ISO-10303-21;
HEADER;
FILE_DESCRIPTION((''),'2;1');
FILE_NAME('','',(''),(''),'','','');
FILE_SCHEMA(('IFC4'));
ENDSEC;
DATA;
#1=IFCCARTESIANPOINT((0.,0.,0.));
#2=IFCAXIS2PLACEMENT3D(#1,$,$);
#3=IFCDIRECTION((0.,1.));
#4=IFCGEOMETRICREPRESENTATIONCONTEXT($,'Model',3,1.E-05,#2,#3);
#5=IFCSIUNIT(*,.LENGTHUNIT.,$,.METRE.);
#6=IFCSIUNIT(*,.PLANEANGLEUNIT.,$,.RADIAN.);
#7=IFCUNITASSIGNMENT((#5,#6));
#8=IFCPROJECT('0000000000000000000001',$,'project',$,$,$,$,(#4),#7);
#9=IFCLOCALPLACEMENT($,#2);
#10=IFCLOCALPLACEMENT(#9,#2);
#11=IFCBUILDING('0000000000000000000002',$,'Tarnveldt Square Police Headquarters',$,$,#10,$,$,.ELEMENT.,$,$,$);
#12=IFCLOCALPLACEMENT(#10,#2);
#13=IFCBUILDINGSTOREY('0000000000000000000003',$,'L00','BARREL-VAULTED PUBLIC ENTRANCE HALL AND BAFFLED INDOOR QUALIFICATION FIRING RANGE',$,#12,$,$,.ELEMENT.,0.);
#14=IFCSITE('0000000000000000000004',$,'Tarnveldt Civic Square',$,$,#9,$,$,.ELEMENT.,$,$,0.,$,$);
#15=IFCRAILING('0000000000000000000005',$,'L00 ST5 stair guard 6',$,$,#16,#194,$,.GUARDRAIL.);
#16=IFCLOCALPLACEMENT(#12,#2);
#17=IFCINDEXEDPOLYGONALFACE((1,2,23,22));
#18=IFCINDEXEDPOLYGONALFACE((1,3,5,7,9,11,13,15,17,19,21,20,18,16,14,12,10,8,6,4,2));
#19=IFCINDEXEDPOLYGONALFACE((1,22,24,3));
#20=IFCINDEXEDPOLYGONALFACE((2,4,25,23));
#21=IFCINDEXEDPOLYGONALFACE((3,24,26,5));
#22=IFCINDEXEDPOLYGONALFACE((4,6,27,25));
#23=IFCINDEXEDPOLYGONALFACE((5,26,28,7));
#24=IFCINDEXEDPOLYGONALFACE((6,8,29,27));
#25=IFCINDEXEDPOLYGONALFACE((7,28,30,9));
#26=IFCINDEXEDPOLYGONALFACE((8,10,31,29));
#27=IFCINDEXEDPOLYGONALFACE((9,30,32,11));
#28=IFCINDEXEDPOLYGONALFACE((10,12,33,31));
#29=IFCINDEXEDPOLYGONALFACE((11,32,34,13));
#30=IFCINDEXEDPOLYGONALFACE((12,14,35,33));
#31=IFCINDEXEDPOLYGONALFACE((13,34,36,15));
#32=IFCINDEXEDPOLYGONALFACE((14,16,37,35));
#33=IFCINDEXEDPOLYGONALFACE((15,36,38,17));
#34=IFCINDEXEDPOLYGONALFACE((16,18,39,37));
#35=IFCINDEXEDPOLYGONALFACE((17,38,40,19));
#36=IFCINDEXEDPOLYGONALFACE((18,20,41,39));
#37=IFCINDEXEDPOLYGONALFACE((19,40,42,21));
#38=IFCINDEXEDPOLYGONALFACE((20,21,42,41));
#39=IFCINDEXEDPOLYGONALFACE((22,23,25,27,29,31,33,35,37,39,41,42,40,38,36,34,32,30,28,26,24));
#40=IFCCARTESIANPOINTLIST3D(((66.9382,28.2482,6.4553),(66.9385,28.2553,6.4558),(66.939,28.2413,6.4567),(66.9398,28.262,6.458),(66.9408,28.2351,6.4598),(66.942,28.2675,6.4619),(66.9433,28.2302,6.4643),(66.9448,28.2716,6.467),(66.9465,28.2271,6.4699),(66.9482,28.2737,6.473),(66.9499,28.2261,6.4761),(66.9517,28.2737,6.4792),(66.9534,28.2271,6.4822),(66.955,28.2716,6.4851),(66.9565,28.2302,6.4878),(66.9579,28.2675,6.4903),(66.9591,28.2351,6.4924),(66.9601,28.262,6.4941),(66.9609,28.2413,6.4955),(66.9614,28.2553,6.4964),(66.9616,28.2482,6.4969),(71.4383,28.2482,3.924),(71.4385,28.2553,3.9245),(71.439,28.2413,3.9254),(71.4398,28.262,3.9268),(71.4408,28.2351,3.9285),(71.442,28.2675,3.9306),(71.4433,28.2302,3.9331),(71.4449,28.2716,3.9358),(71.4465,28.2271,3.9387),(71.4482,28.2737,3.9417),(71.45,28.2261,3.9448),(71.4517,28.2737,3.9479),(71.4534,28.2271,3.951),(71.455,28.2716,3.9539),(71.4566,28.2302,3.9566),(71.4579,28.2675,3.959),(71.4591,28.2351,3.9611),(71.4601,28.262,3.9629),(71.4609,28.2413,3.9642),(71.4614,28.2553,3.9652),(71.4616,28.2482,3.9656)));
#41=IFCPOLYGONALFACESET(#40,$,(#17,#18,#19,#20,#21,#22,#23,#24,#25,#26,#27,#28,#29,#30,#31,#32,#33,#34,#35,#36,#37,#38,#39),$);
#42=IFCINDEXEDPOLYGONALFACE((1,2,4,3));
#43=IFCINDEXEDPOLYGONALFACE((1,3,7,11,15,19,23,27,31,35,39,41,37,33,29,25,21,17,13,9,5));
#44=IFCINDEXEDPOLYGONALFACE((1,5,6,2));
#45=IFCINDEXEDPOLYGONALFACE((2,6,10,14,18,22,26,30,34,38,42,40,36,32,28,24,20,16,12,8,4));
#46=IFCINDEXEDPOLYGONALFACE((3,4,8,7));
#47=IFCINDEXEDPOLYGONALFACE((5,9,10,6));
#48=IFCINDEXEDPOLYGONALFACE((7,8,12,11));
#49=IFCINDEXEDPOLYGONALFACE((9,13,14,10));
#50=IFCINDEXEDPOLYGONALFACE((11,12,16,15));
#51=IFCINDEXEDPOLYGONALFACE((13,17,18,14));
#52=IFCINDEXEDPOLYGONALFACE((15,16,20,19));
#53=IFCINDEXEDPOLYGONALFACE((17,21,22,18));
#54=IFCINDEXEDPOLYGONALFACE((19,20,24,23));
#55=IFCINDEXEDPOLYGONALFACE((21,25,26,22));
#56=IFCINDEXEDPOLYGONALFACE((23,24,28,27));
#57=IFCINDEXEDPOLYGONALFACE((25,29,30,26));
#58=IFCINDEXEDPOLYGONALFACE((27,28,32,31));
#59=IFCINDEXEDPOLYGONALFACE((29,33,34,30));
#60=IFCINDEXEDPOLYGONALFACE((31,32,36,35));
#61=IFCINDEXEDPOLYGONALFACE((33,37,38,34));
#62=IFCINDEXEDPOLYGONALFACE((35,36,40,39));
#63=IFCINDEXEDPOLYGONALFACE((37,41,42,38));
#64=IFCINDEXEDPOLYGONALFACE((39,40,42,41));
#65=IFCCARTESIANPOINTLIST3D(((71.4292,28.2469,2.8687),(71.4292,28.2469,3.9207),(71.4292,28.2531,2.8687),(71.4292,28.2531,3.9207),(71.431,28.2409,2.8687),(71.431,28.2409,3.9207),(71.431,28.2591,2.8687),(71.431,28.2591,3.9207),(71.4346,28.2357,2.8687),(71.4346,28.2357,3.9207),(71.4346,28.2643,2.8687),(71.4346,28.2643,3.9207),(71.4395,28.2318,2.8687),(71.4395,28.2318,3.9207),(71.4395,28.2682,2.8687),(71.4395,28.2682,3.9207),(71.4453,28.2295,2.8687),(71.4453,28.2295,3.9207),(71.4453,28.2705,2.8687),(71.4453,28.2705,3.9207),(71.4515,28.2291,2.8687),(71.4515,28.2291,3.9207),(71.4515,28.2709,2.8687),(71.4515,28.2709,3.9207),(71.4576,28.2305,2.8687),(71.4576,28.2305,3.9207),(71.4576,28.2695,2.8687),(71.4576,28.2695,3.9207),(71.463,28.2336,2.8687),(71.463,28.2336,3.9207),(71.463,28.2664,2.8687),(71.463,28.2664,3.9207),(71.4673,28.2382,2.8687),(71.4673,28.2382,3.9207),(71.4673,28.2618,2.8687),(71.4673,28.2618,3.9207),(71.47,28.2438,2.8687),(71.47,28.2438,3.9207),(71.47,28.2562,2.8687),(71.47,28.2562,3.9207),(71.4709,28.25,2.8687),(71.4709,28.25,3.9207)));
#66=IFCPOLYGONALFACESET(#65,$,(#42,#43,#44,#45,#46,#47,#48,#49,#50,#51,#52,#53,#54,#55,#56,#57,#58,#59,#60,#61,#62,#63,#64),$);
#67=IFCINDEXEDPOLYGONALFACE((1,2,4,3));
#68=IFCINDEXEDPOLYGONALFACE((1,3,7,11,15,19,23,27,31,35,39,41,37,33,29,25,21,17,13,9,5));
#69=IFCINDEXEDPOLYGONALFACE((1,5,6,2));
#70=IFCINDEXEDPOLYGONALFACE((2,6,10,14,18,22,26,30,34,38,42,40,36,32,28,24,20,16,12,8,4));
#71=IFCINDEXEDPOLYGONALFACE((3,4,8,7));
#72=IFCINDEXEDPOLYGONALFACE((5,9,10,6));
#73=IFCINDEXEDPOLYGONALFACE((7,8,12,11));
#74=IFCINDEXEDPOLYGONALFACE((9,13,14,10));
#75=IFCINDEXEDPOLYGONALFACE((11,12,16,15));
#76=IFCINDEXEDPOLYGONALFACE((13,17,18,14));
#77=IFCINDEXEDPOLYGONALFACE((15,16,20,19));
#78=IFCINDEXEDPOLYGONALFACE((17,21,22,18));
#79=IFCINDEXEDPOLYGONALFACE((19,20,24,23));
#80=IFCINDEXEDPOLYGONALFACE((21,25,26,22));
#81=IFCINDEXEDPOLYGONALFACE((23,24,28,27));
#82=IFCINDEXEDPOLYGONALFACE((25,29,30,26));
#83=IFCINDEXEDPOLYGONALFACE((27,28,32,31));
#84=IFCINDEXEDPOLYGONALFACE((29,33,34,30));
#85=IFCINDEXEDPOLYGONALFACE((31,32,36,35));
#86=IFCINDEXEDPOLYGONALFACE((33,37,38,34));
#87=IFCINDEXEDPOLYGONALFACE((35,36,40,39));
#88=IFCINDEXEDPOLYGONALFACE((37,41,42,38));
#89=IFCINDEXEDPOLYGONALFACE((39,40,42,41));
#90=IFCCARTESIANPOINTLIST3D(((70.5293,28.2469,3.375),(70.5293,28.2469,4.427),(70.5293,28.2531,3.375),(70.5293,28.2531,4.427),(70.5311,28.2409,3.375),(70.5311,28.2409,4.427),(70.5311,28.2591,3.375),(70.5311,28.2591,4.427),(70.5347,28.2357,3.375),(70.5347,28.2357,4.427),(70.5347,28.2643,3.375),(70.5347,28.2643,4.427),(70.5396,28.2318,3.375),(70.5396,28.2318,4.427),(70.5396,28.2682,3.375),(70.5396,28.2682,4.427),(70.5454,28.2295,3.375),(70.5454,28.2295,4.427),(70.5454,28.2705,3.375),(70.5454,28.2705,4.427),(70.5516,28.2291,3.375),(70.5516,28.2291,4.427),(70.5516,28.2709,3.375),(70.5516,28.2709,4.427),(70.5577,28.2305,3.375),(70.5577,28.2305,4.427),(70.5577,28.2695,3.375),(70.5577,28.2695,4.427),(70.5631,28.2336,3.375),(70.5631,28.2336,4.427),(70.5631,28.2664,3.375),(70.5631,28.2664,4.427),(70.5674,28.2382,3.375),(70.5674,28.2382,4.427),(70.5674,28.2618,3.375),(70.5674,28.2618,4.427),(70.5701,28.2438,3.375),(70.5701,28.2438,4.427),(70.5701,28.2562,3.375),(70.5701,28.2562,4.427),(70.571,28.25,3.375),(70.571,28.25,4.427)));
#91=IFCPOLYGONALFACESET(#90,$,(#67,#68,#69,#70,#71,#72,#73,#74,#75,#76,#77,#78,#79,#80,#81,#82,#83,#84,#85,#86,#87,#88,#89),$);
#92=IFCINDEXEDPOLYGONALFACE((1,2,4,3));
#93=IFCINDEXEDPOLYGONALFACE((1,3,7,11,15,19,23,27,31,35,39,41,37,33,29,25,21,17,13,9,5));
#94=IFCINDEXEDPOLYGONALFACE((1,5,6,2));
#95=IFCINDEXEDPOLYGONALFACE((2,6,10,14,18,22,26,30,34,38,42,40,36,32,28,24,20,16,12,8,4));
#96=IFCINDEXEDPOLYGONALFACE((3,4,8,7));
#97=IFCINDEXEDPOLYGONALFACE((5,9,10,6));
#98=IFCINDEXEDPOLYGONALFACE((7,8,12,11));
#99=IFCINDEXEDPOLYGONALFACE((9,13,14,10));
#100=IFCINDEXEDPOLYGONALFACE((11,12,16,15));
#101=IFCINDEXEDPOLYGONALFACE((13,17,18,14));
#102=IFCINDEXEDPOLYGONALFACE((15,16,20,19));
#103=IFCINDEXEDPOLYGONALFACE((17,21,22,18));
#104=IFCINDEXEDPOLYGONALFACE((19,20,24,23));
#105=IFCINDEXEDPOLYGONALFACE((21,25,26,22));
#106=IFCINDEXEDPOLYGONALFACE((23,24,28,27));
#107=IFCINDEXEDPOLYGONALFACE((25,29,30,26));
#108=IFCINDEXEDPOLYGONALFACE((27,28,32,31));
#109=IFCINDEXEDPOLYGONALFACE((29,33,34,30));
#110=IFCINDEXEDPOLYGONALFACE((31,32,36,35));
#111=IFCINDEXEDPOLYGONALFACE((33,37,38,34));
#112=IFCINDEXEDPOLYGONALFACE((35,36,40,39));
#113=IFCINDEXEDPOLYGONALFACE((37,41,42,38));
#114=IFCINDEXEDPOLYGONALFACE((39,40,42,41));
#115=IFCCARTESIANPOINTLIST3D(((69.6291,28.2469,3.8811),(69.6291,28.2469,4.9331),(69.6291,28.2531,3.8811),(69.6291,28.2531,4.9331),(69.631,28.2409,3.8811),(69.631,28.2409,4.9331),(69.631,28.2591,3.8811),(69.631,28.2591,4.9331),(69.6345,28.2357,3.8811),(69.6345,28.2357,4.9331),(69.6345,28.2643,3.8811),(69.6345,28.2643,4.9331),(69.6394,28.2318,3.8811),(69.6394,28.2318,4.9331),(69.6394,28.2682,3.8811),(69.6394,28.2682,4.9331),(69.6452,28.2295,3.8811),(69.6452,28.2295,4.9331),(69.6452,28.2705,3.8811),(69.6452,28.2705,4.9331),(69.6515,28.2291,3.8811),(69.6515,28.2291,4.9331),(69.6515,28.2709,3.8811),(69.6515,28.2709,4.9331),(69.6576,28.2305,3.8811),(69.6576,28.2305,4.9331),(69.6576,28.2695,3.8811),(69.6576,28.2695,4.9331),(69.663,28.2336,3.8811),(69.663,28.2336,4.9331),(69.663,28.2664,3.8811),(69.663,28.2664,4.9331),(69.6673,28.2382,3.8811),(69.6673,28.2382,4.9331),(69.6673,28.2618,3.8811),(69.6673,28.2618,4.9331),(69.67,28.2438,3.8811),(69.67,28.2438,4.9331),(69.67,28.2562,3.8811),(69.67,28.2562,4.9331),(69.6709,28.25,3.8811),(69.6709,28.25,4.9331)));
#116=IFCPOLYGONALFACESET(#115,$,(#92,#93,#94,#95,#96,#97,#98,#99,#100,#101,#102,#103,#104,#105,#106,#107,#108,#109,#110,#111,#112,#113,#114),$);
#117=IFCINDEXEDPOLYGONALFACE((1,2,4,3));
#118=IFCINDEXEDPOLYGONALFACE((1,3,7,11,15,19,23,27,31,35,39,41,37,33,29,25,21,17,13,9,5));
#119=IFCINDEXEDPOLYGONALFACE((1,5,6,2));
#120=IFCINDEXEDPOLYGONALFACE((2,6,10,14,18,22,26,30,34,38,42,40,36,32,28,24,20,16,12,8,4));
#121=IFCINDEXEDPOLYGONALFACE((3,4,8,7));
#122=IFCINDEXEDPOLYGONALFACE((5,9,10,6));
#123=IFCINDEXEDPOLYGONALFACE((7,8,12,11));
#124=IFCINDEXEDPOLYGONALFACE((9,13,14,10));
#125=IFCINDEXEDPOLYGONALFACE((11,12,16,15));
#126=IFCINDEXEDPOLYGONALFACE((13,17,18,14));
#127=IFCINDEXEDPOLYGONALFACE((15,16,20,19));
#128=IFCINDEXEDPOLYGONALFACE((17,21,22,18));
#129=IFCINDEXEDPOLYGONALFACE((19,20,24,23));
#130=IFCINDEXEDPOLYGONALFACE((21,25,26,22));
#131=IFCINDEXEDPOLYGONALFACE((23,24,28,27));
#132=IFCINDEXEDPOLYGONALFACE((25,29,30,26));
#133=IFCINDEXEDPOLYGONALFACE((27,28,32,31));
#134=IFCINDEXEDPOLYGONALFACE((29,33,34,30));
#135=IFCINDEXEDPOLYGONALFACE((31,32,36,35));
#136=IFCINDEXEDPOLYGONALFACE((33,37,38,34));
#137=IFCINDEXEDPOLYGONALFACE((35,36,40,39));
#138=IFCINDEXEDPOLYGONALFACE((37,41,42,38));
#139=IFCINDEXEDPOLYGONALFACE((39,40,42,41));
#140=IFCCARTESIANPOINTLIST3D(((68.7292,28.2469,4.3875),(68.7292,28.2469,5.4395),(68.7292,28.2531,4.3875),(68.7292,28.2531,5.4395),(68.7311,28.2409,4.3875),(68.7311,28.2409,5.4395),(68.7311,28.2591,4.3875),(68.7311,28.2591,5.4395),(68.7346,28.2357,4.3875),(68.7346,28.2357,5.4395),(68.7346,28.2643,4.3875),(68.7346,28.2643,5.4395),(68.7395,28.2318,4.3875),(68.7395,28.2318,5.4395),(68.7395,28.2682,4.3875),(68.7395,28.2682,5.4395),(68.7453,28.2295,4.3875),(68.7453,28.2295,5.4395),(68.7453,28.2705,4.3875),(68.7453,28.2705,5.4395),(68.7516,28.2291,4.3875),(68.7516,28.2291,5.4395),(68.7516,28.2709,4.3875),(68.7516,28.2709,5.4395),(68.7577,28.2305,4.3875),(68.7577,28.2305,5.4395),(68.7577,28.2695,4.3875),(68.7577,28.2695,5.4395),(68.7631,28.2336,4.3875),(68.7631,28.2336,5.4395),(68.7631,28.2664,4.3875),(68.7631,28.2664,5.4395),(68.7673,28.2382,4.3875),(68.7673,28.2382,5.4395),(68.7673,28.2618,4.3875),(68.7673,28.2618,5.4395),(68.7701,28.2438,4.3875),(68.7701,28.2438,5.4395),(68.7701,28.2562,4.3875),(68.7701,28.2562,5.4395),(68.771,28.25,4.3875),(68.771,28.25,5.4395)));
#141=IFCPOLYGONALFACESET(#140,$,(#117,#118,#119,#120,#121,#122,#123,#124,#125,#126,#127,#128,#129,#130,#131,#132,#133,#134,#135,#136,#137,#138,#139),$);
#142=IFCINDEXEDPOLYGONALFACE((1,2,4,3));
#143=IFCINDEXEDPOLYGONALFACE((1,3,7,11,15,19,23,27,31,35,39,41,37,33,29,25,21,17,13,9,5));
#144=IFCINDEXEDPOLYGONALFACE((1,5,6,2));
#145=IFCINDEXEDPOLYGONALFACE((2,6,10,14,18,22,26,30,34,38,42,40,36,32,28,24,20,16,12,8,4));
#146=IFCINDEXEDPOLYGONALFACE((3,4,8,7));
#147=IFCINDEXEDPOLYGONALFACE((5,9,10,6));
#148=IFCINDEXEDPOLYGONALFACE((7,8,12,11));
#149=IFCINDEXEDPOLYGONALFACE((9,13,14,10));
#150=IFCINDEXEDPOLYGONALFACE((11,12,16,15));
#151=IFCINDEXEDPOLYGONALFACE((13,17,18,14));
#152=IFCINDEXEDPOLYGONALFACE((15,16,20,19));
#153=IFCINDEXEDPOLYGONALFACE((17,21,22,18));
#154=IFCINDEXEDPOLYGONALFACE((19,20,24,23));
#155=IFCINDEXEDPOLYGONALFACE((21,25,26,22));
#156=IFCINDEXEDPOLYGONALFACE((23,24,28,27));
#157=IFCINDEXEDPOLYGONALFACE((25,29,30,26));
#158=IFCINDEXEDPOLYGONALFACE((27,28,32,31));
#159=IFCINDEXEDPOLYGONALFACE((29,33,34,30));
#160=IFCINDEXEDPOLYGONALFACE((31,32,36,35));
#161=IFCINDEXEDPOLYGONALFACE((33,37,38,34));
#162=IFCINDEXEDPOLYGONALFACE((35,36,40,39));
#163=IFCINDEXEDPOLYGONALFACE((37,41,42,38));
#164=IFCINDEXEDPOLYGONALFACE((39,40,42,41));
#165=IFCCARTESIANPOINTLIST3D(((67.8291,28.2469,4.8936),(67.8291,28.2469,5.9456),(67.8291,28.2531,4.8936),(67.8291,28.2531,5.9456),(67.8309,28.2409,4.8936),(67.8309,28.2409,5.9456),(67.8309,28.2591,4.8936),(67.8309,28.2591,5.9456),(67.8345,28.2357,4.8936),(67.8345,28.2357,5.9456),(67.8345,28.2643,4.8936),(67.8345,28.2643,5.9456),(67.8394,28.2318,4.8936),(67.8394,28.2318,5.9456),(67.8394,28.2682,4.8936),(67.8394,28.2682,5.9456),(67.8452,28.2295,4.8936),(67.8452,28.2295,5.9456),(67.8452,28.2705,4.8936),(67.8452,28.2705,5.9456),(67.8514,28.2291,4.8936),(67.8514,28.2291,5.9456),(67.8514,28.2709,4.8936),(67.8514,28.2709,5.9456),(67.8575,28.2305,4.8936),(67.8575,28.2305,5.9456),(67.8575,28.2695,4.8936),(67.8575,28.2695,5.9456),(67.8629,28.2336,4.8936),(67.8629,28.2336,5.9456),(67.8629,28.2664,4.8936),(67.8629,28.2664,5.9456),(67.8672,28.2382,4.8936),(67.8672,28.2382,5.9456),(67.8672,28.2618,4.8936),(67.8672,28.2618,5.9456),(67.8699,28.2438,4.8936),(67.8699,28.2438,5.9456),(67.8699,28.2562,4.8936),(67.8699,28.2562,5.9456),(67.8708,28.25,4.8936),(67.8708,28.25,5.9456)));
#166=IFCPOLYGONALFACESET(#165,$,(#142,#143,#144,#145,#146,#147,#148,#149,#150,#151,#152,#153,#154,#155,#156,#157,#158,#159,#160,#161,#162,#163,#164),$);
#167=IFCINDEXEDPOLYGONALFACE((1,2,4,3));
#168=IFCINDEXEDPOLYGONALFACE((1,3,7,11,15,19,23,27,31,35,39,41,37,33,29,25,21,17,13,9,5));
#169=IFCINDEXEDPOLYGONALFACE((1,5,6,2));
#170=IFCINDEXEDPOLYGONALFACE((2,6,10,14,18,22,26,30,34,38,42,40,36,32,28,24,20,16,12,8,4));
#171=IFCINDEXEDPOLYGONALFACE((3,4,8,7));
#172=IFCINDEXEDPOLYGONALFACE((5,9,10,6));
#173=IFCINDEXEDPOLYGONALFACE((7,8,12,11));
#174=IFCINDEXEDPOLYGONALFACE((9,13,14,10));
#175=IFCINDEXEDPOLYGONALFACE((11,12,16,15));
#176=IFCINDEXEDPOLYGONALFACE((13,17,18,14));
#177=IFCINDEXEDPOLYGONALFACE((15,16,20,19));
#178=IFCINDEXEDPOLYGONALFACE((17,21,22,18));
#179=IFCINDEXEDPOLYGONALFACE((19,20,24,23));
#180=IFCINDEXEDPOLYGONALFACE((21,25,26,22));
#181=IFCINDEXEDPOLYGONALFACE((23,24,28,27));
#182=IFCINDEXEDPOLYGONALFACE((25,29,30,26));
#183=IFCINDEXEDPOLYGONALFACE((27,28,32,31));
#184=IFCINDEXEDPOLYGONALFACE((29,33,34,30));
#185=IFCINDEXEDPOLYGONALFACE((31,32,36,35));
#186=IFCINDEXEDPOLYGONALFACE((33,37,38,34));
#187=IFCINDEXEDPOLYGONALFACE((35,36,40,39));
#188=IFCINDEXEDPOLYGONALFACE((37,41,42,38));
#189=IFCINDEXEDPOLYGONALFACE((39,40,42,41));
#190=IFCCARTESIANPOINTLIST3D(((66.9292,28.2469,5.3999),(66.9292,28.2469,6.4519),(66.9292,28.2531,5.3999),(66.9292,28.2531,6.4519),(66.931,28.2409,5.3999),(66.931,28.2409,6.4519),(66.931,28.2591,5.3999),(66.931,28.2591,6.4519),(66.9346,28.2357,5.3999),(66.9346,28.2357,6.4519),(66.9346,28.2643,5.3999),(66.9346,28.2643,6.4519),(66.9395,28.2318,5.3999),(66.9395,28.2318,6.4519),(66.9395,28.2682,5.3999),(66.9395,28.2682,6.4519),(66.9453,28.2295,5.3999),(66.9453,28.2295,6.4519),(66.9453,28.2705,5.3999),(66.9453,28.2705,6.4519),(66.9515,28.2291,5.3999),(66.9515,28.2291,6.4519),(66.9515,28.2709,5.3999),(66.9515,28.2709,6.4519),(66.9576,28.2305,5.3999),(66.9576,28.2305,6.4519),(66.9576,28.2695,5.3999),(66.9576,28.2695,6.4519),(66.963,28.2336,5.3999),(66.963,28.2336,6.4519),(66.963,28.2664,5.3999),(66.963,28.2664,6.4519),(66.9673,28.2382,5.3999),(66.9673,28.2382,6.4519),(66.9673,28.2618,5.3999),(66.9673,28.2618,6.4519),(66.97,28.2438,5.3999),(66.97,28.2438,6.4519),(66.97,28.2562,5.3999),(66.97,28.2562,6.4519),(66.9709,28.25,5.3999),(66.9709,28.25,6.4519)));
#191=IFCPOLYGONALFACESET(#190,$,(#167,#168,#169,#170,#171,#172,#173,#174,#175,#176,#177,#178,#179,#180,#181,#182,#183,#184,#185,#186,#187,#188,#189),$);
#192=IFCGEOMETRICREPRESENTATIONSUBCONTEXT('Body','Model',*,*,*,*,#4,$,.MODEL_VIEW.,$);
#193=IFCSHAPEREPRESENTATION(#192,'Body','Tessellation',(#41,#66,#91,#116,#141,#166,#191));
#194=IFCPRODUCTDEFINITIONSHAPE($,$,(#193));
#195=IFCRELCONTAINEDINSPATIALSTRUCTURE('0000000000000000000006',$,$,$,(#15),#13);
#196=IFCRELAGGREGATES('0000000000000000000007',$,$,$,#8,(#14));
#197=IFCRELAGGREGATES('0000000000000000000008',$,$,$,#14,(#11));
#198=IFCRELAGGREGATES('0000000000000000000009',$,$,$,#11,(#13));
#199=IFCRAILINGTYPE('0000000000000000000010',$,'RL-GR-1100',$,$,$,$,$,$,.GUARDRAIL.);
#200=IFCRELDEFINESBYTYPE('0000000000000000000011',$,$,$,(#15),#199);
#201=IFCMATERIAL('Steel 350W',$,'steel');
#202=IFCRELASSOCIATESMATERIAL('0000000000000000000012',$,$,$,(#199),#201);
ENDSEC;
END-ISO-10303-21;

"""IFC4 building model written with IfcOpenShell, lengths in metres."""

from ifc_helpers import new_model, si_unit, direction, frame, origin, origin_2d, place, context, subcontext, project, spatial, circle, extrude, material, type_object, element, save


model = new_model("IFC4")

# Units and contexts
model_context = context("Model", 3, precision=1e-05, world=origin(), true_north=direction((0.0, 1.0)))
body_context = subcontext(model_context, "Body", "Model", "MODEL_VIEW")
ifc_project = project(units=[si_unit("LENGTHUNIT", "METRE"), si_unit("PLANEANGLEUNIT", "RADIAN")], contexts=[model_context])

# Site, building, storey
site_placement = place(None, origin())
site = spatial("IfcSite", under=ifc_project, at=site_placement, Name="Tarnveldt Civic Square", CompositionType="ELEMENT", RefElevation=0.0)
building_placement = place(site_placement, origin())
building = spatial("IfcBuilding", under=site, at=building_placement, Name="Tarnveldt Square Police Headquarters", CompositionType="ELEMENT")
storey_placement = place(building_placement, origin())
storey = spatial("IfcBuildingStorey", under=building, at=storey_placement, Name="L00", Description="BARREL-VAULTED PUBLIC ENTRANCE HALL AND BAFFLED INDOOR QUALIFICATION FIRING RANGE", CompositionType="ELEMENT", Elevation=0.0)

# Shared definitions
ifc_material_1 = material(Name="Steel 350W", Category="steel")

# Railing
railing_type_1 = type_object("IfcRailingType", Name="RL-GR-1100", PredefinedType="GUARDRAIL", material=ifc_material_1)
railing_1_placement = place(storey_placement, frame((71.45, 28.25, 2.8687)))
element("IfcRailing", 1, at=railing_1_placement, inside=storey, type_object=railing_type_1, Name="L00 ST5 stair guard 6", PredefinedType="GUARDRAIL", context=body_context, shape_type="SweptSolid", body=[
    extrude(circle(Radius=0.0239, at=origin_2d()), frame((0.0, 0.0, 1.0762), z_axis=(-0.871576, 0.0, 0.490261), x_axis=(0.0, -1.0, 0.0)), (0.0, 0.0, 1.0), 5.1631),
    extrude(circle(Radius=0.021, at=origin_2d()), origin(), (0.0, 0.0, 1.0), 1.052),
    extrude(circle(Radius=0.021, at=origin_2d()), frame((-0.8999, 0.0, 0.5063)), (0.0, 0.0, 1.0), 1.052),
    extrude(circle(Radius=0.021, at=origin_2d()), frame((-1.8, 0.0, 1.0125)), (0.0, 0.0, 1.0), 1.052),
    extrude(circle(Radius=0.021, at=origin_2d()), frame((-2.7, 0.0, 1.5188)), (0.0, 0.0, 1.0), 1.052),
    extrude(circle(Radius=0.021, at=origin_2d()), frame((-3.6001, 0.0, 2.0249)), (0.0, 0.0, 1.0), 1.052),
    extrude(circle(Radius=0.021, at=origin_2d()), frame((-4.5, 0.0, 2.5312)), (0.0, 0.0, 1.0), 1.052),
])

save(model, "model.ifc")
